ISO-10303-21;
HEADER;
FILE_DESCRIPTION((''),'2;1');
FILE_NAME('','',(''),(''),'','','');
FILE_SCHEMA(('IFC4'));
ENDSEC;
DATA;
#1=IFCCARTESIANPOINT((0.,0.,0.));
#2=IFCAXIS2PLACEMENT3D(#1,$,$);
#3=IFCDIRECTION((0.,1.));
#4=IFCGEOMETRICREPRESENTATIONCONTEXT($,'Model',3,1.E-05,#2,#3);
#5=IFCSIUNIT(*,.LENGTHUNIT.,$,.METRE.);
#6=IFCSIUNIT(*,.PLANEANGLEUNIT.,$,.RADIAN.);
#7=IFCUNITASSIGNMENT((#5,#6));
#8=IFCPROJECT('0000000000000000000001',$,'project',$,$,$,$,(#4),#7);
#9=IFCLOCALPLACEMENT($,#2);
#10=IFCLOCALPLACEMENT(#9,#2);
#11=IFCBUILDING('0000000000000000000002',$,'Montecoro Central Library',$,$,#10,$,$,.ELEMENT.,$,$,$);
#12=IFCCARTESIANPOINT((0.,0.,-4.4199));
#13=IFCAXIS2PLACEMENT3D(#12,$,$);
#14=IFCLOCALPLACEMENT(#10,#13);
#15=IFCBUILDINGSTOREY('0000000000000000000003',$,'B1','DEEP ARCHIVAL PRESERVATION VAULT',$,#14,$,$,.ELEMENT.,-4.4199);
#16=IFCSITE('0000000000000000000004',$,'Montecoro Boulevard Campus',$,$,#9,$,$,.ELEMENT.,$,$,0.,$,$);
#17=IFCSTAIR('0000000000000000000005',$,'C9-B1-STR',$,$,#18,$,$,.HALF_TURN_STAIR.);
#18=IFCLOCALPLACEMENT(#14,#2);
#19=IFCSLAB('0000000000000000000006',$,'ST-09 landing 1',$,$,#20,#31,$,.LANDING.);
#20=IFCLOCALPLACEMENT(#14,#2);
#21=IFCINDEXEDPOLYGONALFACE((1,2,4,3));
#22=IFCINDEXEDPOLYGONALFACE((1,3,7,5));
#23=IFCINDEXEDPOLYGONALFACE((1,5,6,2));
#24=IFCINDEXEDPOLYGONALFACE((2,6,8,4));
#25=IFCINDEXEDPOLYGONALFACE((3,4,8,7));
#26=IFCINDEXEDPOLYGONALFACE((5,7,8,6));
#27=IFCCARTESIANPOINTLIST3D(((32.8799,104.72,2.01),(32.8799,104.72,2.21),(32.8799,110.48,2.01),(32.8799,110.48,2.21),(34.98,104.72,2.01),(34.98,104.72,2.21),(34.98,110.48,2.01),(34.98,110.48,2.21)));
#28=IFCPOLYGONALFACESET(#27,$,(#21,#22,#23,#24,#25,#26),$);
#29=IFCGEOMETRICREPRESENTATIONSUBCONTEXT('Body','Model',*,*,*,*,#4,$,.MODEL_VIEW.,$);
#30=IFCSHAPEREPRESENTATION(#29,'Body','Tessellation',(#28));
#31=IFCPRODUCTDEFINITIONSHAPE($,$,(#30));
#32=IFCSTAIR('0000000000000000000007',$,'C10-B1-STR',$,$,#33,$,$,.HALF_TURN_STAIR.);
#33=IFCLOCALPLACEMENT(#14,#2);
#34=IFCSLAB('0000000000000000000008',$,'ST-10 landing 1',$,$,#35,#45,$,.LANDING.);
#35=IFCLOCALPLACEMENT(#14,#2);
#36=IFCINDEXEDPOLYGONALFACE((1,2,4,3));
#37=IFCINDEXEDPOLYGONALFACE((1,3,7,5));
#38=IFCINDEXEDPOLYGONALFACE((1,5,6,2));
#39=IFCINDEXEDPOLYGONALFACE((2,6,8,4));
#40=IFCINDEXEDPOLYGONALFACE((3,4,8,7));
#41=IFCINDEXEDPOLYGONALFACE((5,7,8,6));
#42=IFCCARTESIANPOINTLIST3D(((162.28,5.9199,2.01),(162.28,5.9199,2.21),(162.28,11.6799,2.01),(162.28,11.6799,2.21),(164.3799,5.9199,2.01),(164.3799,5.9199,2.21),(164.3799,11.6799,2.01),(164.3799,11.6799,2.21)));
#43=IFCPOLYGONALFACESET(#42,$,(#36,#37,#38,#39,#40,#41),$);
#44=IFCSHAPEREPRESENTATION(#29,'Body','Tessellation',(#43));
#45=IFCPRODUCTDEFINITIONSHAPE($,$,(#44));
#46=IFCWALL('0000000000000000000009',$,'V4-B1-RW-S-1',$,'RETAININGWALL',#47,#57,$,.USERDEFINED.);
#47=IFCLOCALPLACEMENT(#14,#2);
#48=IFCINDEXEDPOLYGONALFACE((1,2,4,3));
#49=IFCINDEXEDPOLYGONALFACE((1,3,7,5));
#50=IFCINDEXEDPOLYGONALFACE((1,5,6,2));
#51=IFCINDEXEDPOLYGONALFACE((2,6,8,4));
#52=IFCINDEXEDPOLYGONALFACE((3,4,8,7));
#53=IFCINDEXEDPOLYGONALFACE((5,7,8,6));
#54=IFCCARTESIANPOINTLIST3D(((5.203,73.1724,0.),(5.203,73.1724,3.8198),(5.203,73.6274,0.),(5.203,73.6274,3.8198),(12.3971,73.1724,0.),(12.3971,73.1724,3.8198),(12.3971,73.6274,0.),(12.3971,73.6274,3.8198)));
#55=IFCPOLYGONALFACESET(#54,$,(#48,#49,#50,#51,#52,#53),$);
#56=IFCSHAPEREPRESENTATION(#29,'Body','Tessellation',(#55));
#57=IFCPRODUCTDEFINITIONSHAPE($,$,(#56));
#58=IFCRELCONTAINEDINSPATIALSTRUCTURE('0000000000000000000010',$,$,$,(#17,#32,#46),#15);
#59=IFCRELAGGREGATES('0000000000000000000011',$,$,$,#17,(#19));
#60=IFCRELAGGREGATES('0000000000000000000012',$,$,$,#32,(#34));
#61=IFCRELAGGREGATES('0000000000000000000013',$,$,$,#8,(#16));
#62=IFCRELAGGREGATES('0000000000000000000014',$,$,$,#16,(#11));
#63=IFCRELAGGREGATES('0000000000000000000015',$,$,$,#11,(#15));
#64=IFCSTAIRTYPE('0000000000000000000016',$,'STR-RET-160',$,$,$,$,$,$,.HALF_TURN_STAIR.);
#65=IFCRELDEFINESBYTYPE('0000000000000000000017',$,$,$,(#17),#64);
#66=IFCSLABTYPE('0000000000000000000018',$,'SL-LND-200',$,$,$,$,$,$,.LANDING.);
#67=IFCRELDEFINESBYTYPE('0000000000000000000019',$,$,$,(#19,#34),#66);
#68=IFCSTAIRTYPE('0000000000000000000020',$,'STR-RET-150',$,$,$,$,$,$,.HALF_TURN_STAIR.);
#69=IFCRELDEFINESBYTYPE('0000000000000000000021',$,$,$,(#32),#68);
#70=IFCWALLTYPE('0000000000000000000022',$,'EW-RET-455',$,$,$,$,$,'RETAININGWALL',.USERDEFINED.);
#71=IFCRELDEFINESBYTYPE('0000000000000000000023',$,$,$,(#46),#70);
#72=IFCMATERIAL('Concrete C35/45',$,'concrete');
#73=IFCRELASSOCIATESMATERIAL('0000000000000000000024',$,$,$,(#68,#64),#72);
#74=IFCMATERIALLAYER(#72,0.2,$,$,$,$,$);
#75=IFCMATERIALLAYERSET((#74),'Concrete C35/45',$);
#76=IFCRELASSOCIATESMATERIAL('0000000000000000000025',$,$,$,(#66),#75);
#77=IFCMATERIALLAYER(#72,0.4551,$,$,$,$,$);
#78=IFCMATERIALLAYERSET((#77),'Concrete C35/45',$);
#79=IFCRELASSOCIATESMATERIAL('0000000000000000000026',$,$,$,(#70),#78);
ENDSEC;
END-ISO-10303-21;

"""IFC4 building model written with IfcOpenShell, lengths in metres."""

from ifc_helpers import new_model, si_unit, direction, frame, frame_2d, origin, place, context, subcontext, project, spatial, polyline, rectangle, outline, extrude, material, layer, layer_set, type_object, element, aggregate, save


model = new_model("IFC4")

# Units and contexts
model_context = context("Model", 3, precision=1e-05, world=origin(), true_north=direction((0.0, 1.0)))
body_context = subcontext(model_context, "Body", "Model", "MODEL_VIEW")
ifc_project = project(units=[si_unit("LENGTHUNIT", "METRE"), si_unit("PLANEANGLEUNIT", "RADIAN")], contexts=[model_context])

# Site, building, storey
site_placement = place(None, origin())
site = spatial("IfcSite", under=ifc_project, at=site_placement, Name="Montecoro Boulevard Campus", CompositionType="ELEMENT", RefElevation=0.0)
building_placement = place(site_placement, origin())
building = spatial("IfcBuilding", under=site, at=building_placement, Name="Montecoro Central Library", CompositionType="ELEMENT")
storey_placement = place(building_placement, frame((0.0, 0.0, -4.4199)))
storey = spatial("IfcBuildingStorey", under=building, at=storey_placement, Name="B1", Description="DEEP ARCHIVAL PRESERVATION VAULT", CompositionType="ELEMENT", Elevation=-4.4199)

# Shared definitions
ifc_material_1 = material(Name="Concrete C35/45", Category="concrete")

# Stairs, slabs
stair_type_1 = type_object("IfcStairType", Name="STR-RET-150", PredefinedType="HALF_TURN_STAIR", material=ifc_material_1)
ifc_layer_1 = layer(ifc_material_1, 0.2)
ifc_layer_set_1 = layer_set([ifc_layer_1], Name="Concrete C35/45")
slab_type_1 = type_object("IfcSlabType", Name="SL-LND-200", PredefinedType="LANDING", material=ifc_layer_set_1)
stair_type_2 = type_object("IfcStairType", Name="STR-RET-160", PredefinedType="HALF_TURN_STAIR", material=ifc_material_1)
stair_1_placement = place(storey_placement, origin())
stair_1 = element("IfcStair", 1, at=stair_1_placement, inside=storey, type_object=stair_type_2, Name="C9-B1-STR", PredefinedType="HALF_TURN_STAIR")
slab_1_placement = place(storey_placement, frame((0.0, 0.0, 2.01)))
slab_1 = element("IfcSlab", 2, at=slab_1_placement, type_object=slab_type_1, Name="ST-09 landing 1", PredefinedType="LANDING", context=body_context, shape_type="SweptSolid", body=[
    extrude(outline(polyline([(32.8799, 104.72), (34.98, 104.72), (34.98, 110.48), (32.8799, 110.48), (32.8799, 104.72)])), origin(), (0.0, 0.0, 1.0), 0.2),
])
aggregate(stair_1, [slab_1])
stair_2_placement = place(storey_placement, origin())
stair_2 = element("IfcStair", 3, at=stair_2_placement, inside=storey, type_object=stair_type_1, Name="C10-B1-STR", PredefinedType="HALF_TURN_STAIR")
slab_2_placement = place(storey_placement, frame((0.0, 0.0, 2.01)))
slab_2 = element("IfcSlab", 4, at=slab_2_placement, type_object=slab_type_1, Name="ST-10 landing 1", PredefinedType="LANDING", context=body_context, shape_type="SweptSolid", body=[
    extrude(outline(polyline([(162.28, 5.9199), (164.3799, 5.9199), (164.3799, 11.6799), (162.28, 11.6799), (162.28, 5.9199)])), origin(), (0.0, 0.0, 1.0), 0.2),
])
aggregate(stair_2, [slab_2])

# Wall
ifc_layer_2 = layer(ifc_material_1, 0.4551)
ifc_layer_set_2 = layer_set([ifc_layer_2], Name="Concrete C35/45")
wall_type = type_object("IfcWallType", Name="EW-RET-455", ElementType="RETAININGWALL", PredefinedType="USERDEFINED", material=ifc_layer_set_2)
wall_placement = place(storey_placement, frame((5.2029, 73.3999, 0.0), z_axis=(0.0, 0.0, 1.0), x_axis=(1.0, 0.0, 0.0)))
element("IfcWall", 5, at=wall_placement, inside=storey, type_object=wall_type, Name="V4-B1-RW-S-1", ObjectType="RETAININGWALL", PredefinedType="USERDEFINED", context=body_context, shape_type="SweptSolid", body=[
    extrude(rectangle(XDim=7.1941, YDim=0.4551, at=frame_2d((3.5972, 0.0))), origin(), (0.0, 0.0, 1.0), 3.8198),
])

save(model, "model.ifc")
